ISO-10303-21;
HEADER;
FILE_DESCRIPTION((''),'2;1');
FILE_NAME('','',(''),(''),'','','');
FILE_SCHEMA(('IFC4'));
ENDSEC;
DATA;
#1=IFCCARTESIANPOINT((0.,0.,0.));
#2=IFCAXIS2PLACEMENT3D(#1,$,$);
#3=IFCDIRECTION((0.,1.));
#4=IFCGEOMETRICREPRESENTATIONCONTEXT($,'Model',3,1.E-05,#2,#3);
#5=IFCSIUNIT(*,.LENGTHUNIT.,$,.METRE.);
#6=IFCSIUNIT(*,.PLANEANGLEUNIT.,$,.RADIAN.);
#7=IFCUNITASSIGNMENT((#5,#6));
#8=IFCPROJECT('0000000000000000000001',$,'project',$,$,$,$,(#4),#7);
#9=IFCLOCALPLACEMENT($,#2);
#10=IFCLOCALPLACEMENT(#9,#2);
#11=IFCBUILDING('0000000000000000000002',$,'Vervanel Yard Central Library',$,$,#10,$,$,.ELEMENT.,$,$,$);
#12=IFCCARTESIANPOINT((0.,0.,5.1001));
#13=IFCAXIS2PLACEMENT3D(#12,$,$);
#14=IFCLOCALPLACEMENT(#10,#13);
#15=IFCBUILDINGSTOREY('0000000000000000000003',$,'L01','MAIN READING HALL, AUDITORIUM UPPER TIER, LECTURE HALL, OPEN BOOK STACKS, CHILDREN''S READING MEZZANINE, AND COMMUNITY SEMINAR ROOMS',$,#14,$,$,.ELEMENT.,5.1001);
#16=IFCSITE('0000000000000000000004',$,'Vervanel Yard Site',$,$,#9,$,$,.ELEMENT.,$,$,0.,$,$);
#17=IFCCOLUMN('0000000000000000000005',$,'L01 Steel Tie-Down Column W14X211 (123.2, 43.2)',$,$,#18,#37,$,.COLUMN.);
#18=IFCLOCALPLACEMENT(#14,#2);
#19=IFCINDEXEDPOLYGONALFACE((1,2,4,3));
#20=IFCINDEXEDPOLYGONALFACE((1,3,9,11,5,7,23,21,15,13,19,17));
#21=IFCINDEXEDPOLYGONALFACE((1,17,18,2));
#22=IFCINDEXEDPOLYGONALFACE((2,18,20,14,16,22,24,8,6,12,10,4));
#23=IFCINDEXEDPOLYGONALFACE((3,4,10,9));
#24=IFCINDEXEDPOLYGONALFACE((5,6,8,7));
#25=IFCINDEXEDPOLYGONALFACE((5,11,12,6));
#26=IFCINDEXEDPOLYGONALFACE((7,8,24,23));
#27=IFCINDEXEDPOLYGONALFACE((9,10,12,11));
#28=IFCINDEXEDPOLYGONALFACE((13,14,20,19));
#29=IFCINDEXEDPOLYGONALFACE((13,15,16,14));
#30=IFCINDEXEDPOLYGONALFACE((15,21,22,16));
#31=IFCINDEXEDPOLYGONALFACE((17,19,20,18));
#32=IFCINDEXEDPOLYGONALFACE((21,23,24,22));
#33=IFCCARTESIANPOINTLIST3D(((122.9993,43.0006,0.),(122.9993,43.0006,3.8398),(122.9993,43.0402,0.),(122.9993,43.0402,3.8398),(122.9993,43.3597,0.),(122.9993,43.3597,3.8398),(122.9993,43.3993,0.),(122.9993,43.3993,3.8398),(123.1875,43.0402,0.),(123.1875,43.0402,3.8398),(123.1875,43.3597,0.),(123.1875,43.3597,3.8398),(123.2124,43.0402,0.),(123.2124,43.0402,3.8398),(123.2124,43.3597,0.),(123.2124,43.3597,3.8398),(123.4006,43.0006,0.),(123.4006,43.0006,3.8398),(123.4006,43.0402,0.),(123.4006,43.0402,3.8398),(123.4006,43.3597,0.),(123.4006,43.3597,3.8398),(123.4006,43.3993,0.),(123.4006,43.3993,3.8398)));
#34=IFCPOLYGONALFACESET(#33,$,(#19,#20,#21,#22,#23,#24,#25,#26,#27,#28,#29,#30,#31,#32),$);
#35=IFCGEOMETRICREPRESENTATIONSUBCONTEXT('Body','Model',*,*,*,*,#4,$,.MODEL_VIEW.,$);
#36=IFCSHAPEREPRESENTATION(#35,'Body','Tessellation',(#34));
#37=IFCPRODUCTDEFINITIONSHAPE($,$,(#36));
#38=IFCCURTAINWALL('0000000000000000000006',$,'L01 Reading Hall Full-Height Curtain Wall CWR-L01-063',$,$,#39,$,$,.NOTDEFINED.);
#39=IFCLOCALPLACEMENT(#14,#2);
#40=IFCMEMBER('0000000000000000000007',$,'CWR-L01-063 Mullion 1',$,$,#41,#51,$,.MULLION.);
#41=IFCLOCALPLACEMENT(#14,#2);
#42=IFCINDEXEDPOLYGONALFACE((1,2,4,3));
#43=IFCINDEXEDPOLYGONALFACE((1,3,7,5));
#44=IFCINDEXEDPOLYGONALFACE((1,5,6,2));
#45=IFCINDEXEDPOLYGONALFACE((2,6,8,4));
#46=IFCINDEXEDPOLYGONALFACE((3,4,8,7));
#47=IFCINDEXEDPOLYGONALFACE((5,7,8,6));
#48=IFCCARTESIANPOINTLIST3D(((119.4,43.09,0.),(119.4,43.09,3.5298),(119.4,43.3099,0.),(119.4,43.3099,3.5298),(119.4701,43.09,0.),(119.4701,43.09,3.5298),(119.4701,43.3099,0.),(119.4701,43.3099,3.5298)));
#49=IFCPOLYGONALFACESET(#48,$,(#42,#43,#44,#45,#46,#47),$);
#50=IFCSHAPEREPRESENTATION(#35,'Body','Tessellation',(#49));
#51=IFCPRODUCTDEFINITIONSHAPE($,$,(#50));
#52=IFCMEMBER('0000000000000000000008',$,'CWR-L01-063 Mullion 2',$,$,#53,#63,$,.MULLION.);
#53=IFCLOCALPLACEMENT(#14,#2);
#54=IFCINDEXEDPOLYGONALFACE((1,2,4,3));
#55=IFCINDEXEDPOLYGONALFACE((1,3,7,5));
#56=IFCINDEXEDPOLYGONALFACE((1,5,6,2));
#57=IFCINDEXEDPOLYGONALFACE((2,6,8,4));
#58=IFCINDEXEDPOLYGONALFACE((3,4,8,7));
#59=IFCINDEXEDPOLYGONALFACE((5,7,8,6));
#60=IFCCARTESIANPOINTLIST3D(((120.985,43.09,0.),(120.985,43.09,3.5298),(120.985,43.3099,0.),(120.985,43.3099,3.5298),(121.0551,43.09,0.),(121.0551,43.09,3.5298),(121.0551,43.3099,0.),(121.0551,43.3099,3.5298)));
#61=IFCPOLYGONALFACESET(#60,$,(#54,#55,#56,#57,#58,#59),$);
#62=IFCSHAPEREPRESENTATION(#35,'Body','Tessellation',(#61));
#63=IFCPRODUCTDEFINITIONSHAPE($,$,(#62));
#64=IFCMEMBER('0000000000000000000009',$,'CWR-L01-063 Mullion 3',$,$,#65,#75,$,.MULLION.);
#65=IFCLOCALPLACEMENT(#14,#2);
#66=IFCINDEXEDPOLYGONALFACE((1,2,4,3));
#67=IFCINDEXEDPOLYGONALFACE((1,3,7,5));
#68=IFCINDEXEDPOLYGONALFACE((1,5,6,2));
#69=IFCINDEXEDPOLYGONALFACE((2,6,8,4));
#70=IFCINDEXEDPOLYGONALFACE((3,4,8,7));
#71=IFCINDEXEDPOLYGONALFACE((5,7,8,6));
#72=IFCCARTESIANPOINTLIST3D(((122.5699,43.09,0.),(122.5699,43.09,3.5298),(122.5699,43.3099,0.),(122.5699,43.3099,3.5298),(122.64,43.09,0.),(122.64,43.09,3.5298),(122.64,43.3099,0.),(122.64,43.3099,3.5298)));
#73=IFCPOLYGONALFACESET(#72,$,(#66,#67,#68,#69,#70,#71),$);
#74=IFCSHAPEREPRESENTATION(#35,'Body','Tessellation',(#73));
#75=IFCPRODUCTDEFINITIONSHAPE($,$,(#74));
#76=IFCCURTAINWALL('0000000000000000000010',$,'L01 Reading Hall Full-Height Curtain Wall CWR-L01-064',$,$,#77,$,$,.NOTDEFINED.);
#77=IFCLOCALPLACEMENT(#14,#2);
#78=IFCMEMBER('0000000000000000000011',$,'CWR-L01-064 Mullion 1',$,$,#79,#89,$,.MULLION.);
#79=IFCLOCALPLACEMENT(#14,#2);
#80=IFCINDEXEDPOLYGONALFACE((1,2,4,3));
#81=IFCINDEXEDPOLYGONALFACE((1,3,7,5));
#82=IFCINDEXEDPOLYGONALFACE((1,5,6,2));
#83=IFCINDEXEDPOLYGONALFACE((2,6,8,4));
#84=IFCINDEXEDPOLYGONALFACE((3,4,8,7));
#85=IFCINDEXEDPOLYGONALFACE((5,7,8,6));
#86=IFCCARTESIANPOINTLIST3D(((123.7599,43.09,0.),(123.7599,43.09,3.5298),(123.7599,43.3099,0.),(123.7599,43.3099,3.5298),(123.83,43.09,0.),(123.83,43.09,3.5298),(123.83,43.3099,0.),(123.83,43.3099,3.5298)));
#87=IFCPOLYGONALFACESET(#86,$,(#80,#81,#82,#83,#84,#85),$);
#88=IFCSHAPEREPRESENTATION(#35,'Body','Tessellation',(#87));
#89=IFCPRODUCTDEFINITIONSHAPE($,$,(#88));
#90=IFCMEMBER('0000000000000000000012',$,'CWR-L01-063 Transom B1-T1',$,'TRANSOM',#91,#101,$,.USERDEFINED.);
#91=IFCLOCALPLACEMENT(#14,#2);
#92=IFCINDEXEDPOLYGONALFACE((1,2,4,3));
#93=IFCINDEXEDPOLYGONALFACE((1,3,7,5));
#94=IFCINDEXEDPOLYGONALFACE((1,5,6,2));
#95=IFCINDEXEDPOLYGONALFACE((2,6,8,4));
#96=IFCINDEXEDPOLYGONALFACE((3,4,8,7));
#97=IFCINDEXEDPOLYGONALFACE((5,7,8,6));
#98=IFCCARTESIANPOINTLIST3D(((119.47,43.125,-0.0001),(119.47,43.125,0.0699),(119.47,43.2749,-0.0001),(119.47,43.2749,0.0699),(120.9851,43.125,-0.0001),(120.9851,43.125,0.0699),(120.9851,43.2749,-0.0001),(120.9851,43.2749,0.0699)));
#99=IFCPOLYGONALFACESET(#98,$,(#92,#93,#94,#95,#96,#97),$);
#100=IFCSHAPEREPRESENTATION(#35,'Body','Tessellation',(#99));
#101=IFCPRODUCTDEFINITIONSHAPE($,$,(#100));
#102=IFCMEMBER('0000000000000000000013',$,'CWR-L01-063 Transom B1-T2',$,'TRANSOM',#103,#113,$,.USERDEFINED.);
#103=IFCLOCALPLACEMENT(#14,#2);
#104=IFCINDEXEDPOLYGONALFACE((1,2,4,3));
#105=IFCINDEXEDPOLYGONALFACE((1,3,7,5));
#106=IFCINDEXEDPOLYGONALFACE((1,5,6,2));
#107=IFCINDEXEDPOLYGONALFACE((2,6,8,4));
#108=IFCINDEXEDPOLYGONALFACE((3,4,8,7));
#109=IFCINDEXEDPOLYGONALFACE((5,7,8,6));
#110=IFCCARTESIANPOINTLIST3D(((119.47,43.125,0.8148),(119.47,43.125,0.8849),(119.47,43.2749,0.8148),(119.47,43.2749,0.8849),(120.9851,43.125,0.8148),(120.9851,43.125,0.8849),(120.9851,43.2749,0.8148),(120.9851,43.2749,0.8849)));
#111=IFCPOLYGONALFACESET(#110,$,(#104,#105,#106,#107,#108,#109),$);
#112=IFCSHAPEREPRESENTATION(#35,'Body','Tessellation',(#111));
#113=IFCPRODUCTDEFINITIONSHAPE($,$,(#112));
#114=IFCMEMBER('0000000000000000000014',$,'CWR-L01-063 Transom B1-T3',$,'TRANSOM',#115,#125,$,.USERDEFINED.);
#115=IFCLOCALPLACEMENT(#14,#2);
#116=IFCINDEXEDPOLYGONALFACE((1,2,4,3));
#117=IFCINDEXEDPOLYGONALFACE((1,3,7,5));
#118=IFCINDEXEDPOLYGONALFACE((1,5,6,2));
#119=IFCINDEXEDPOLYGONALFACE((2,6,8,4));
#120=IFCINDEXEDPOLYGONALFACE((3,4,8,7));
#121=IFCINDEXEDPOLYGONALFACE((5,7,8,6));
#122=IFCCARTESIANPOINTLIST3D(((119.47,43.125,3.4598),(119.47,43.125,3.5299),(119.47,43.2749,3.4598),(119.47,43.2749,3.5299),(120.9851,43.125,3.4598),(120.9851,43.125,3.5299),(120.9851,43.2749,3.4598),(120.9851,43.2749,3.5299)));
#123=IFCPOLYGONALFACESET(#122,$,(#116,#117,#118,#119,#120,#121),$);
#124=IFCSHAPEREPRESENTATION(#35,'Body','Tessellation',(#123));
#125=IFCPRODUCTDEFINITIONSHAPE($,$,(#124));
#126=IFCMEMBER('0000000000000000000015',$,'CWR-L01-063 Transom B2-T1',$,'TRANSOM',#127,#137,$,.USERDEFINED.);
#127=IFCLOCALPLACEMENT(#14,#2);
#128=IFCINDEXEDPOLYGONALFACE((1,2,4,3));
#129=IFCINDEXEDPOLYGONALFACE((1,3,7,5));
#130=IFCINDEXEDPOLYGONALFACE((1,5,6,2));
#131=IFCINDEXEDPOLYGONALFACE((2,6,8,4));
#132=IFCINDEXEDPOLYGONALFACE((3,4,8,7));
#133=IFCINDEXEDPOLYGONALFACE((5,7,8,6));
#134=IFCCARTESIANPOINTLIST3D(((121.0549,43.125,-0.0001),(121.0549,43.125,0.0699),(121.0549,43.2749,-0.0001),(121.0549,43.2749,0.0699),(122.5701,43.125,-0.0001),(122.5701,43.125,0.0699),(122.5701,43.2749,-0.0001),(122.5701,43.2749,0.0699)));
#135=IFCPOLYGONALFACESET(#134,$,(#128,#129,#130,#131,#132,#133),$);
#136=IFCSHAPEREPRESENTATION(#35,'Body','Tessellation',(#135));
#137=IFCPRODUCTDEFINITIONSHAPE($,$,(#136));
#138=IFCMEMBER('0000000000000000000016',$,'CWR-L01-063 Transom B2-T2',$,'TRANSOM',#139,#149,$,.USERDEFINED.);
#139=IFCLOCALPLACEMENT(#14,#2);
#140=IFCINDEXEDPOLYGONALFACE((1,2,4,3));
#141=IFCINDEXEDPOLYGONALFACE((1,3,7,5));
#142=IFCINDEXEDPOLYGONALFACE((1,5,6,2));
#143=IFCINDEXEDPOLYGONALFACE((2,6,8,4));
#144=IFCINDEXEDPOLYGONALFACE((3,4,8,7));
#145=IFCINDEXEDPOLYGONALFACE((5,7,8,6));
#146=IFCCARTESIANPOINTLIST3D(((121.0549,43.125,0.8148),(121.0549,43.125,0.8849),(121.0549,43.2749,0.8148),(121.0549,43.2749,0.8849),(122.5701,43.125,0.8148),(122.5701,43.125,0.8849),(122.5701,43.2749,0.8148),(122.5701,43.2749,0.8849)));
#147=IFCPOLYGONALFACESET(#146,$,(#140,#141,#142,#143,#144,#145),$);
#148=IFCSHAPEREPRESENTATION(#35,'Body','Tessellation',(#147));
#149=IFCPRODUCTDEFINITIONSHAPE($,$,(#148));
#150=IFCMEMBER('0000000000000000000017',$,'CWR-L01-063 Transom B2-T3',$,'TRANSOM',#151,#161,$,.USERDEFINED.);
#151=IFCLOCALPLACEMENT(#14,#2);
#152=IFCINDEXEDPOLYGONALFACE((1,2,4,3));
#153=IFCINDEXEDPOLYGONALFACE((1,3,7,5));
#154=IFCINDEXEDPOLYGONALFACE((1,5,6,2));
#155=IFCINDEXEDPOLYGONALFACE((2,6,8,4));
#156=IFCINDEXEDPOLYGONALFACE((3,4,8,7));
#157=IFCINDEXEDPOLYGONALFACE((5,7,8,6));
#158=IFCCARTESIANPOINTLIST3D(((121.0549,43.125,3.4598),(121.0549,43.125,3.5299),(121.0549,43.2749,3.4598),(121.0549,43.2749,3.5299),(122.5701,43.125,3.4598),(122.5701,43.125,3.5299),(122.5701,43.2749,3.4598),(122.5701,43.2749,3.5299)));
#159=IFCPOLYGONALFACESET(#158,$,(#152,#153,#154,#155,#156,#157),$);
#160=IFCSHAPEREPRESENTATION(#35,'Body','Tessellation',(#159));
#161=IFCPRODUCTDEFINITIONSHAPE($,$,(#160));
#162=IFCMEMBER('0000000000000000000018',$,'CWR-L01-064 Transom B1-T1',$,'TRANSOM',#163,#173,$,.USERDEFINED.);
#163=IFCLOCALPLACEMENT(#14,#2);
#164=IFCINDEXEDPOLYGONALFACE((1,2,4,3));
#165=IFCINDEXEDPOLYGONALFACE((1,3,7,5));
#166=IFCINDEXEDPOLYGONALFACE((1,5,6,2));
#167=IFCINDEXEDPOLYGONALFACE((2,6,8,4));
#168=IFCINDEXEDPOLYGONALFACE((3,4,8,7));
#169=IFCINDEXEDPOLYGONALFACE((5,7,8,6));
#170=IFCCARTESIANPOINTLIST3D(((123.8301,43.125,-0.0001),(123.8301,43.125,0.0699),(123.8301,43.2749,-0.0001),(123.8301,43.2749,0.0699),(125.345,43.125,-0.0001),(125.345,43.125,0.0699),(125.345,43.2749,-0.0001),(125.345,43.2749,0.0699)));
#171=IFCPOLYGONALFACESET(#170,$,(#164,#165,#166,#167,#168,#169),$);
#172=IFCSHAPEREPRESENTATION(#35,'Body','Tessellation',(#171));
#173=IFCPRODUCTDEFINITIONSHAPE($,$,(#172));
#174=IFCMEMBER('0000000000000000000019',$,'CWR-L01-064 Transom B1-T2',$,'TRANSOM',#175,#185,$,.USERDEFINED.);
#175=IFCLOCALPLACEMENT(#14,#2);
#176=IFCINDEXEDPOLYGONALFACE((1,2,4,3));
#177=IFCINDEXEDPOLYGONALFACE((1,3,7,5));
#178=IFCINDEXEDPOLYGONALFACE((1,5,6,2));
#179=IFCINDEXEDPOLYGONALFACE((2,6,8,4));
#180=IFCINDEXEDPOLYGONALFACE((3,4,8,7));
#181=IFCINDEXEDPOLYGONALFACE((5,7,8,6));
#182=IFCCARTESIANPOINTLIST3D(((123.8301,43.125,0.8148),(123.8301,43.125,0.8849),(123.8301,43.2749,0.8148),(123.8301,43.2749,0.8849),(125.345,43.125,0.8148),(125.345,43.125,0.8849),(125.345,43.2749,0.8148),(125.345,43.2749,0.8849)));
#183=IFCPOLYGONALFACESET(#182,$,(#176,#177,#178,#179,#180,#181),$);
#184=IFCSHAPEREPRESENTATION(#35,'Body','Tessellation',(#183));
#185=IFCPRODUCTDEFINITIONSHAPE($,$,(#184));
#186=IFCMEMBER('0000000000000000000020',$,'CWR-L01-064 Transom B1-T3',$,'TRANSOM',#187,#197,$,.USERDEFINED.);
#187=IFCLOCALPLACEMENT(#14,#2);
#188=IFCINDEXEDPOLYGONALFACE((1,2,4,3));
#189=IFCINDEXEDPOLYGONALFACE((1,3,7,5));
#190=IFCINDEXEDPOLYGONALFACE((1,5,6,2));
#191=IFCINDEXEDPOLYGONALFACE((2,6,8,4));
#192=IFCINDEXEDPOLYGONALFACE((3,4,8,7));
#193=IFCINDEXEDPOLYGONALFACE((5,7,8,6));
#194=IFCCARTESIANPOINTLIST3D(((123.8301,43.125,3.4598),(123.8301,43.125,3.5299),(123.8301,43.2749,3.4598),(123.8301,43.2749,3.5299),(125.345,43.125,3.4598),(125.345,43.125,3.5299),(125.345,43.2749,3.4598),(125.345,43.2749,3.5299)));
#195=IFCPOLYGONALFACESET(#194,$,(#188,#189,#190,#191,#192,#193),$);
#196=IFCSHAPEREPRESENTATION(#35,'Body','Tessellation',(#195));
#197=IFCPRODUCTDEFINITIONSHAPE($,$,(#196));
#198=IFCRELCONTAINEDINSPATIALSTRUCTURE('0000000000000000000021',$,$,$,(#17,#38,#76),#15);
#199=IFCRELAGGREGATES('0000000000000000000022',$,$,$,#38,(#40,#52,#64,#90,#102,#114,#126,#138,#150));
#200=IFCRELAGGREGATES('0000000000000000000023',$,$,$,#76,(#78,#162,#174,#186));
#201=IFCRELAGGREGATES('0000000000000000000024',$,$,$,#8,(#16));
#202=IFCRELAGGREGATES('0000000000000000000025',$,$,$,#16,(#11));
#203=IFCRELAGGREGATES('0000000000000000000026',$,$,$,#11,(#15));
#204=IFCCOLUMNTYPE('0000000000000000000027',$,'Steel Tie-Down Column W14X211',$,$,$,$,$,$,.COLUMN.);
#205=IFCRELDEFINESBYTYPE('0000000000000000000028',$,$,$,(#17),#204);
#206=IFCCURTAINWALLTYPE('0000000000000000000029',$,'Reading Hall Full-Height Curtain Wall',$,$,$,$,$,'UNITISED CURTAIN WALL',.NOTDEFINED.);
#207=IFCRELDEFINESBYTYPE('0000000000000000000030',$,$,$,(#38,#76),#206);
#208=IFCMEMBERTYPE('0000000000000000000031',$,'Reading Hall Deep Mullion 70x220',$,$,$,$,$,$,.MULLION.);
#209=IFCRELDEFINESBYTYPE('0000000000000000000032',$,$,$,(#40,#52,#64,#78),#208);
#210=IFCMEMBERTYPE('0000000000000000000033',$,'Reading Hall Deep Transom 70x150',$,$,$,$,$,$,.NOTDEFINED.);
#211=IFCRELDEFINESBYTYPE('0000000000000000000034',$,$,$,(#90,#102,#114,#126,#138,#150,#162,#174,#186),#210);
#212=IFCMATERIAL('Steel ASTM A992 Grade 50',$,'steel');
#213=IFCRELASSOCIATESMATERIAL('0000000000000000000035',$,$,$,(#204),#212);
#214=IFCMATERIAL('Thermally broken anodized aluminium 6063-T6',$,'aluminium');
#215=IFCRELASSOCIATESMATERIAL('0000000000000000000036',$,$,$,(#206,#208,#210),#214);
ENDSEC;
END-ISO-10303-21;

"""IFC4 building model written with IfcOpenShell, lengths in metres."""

from ifc_helpers import new_model, si_unit, direction, frame, origin, origin_2d, place, context, subcontext, project, spatial, rectangle, i_section, extrude, material, material_profile, profile_set, type_object, element, aggregate, save


model = new_model("IFC4")

# Units and contexts
model_context = context("Model", 3, precision=1e-05, world=origin(), true_north=direction((0.0, 1.0)))
body_context = subcontext(model_context, "Body", "Model", "MODEL_VIEW")
ifc_project = project(units=[si_unit("LENGTHUNIT", "METRE"), si_unit("PLANEANGLEUNIT", "RADIAN")], contexts=[model_context])

# Site, building, storey
site_placement = place(None, origin())
site = spatial("IfcSite", under=ifc_project, at=site_placement, Name="Vervanel Yard Site", CompositionType="ELEMENT", RefElevation=0.0)
building_placement = place(site_placement, origin())
building = spatial("IfcBuilding", under=site, at=building_placement, Name="Vervanel Yard Central Library", CompositionType="ELEMENT")
storey_placement = place(building_placement, frame((0.0, 0.0, 5.1001)))
storey = spatial("IfcBuildingStorey", under=building, at=storey_placement, Name="L01", Description="MAIN READING HALL, AUDITORIUM UPPER TIER, LECTURE HALL, OPEN BOOK STACKS, CHILDREN'S READING MEZZANINE, AND COMMUNITY SEMINAR ROOMS", CompositionType="ELEMENT", Elevation=5.1001)

# Column
ifc_material_1 = material(Name="Steel ASTM A992 Grade 50", Category="steel")
ifc_material_profile_1 = material_profile(ifc_material_1, i_section(OverallWidth=0.4014, OverallDepth=0.3987, WebThickness=0.0249, FlangeThickness=0.0396, at=origin_2d()), Name="W14X211", Category="steel")
ifc_profile_set_1 = profile_set([ifc_material_profile_1], Name="Steel ASTM A992 Grade 50")
column_type = type_object("IfcColumnType", Name="Steel Tie-Down Column W14X211", PredefinedType="COLUMN", material=ifc_profile_set_1)
column_placement = place(storey_placement, frame((123.2, 43.2, 0.0), z_axis=(0.0, 0.0, 1.0), x_axis=(1.0, 0.0, 0.0)))
element("IfcColumn", 1, at=column_placement, inside=storey, type_object=column_type, Name="L01 Steel Tie-Down Column W14X211 (123.2, 43.2)", PredefinedType="COLUMN", context=body_context, shape_type="SweptSolid", body=[
    extrude(i_section(OverallWidth=0.4014, OverallDepth=0.3987, WebThickness=0.0249, FlangeThickness=0.0396, at=origin_2d()), origin(), (0.0, 0.0, 1.0), 3.8398),
])

# Curtain wall, members
ifc_material_2 = material(Name="Thermally broken anodized aluminium 6063-T6", Category="aluminium")
curtain_wall_type = type_object("IfcCurtainWallType", Name="Reading Hall Full-Height Curtain Wall", ElementType="UNITISED CURTAIN WALL", PredefinedType="NOTDEFINED", material=ifc_material_2)
curtain_wall_1_placement = place(storey_placement, origin())
curtain_wall_1 = element("IfcCurtainWall", 2, at=curtain_wall_1_placement, inside=storey, type_object=curtain_wall_type, Name="L01 Reading Hall Full-Height Curtain Wall CWR-L01-063", PredefinedType="NOTDEFINED")
ifc_material_profile_2 = material_profile(ifc_material_2, rectangle(XDim=0.0701, YDim=0.22, at=origin_2d()), Name="ALU 70x220", Category="aluminium")
ifc_profile_set_2 = profile_set([ifc_material_profile_2], Name="Thermally broken anodized aluminium 6063-T6")
member_type_1 = type_object("IfcMemberType", Name="Reading Hall Deep Mullion 70x220", PredefinedType="MULLION", material=ifc_profile_set_2)
member_1_placement = place(storey_placement, frame((119.4351, 43.2, 0.0), z_axis=(0.0, 0.0, 1.0), x_axis=(1.0, 0.0, 0.0)))
member_1 = element("IfcMember", 3, at=member_1_placement, type_object=member_type_1, Name="CWR-L01-063 Mullion 1", PredefinedType="MULLION", context=body_context, shape_type="SweptSolid", body=[
    extrude(rectangle(XDim=0.0701, YDim=0.22, at=origin_2d()), origin(), (0.0, 0.0, 1.0), 3.5298),
])
member_2_placement = place(storey_placement, frame((121.02, 43.2, 0.0), z_axis=(0.0, 0.0, 1.0), x_axis=(1.0, 0.0, 0.0)))
member_2 = element("IfcMember", 4, at=member_2_placement, type_object=member_type_1, Name="CWR-L01-063 Mullion 2", PredefinedType="MULLION", context=body_context, shape_type="SweptSolid", body=[
    extrude(rectangle(XDim=0.0701, YDim=0.22, at=origin_2d()), origin(), (0.0, 0.0, 1.0), 3.5298),
])
member_3_placement = place(storey_placement, frame((122.605, 43.2, 0.0), z_axis=(0.0, 0.0, 1.0), x_axis=(1.0, 0.0, 0.0)))
member_3 = element("IfcMember", 5, at=member_3_placement, type_object=member_type_1, Name="CWR-L01-063 Mullion 3", PredefinedType="MULLION", context=body_context, shape_type="SweptSolid", body=[
    extrude(rectangle(XDim=0.0701, YDim=0.22, at=origin_2d()), origin(), (0.0, 0.0, 1.0), 3.5298),
])

# Curtain wall, member
curtain_wall_2_placement = place(storey_placement, origin())
curtain_wall_2 = element("IfcCurtainWall", 6, at=curtain_wall_2_placement, inside=storey, type_object=curtain_wall_type, Name="L01 Reading Hall Full-Height Curtain Wall CWR-L01-064", PredefinedType="NOTDEFINED")
member_4_placement = place(storey_placement, frame((123.7949, 43.2, 0.0), z_axis=(0.0, 0.0, 1.0), x_axis=(1.0, 0.0, 0.0)))
member_4 = element("IfcMember", 7, at=member_4_placement, type_object=member_type_1, Name="CWR-L01-064 Mullion 1", PredefinedType="MULLION", context=body_context, shape_type="SweptSolid", body=[
    extrude(rectangle(XDim=0.0701, YDim=0.22, at=origin_2d()), origin(), (0.0, 0.0, 1.0), 3.5298),
])

# Members
ifc_material_profile_3 = material_profile(ifc_material_2, rectangle(XDim=0.0701, YDim=0.1499, at=origin_2d()), Name="ALU 70x150", Category="aluminium")
ifc_profile_set_3 = profile_set([ifc_material_profile_3], Name="Thermally broken anodized aluminium 6063-T6")
member_type_2 = type_object("IfcMemberType", Name="Reading Hall Deep Transom 70x150", PredefinedType="NOTDEFINED", material=ifc_profile_set_3)
member_5_placement = place(storey_placement, frame((119.47, 43.2, 0.0349), z_axis=(1.0, 0.0, 0.0), x_axis=(0.0, 0.0, 1.0)))
member_5 = element("IfcMember", 8, at=member_5_placement, type_object=member_type_2, Name="CWR-L01-063 Transom B1-T1", ObjectType="TRANSOM", PredefinedType="USERDEFINED", context=body_context, shape_type="SweptSolid", body=[
    extrude(rectangle(XDim=0.0701, YDim=0.1499, at=origin_2d()), origin(), (0.0, 0.0, 1.0), 1.5151),
])
member_6_placement = place(storey_placement, frame((119.47, 43.2, 0.8499), z_axis=(1.0, 0.0, 0.0), x_axis=(0.0, 0.0, 1.0)))
member_6 = element("IfcMember", 9, at=member_6_placement, type_object=member_type_2, Name="CWR-L01-063 Transom B1-T2", ObjectType="TRANSOM", PredefinedType="USERDEFINED", context=body_context, shape_type="SweptSolid", body=[
    extrude(rectangle(XDim=0.0701, YDim=0.1499, at=origin_2d()), origin(), (0.0, 0.0, 1.0), 1.5151),
])
member_7_placement = place(storey_placement, frame((119.47, 43.2, 3.4949), z_axis=(1.0, 0.0, 0.0), x_axis=(0.0, 0.0, 1.0)))
member_7 = element("IfcMember", 10, at=member_7_placement, type_object=member_type_2, Name="CWR-L01-063 Transom B1-T3", ObjectType="TRANSOM", PredefinedType="USERDEFINED", context=body_context, shape_type="SweptSolid", body=[
    extrude(rectangle(XDim=0.0701, YDim=0.1499, at=origin_2d()), origin(), (0.0, 0.0, 1.0), 1.5151),
])
member_8_placement = place(storey_placement, frame((121.0549, 43.2, 0.0349), z_axis=(1.0, 0.0, 0.0), x_axis=(0.0, 0.0, 1.0)))
member_8 = element("IfcMember", 11, at=member_8_placement, type_object=member_type_2, Name="CWR-L01-063 Transom B2-T1", ObjectType="TRANSOM", PredefinedType="USERDEFINED", context=body_context, shape_type="SweptSolid", body=[
    extrude(rectangle(XDim=0.0701, YDim=0.1499, at=origin_2d()), origin(), (0.0, 0.0, 1.0), 1.5151),
])
member_9_placement = place(storey_placement, frame((121.0549, 43.2, 0.8499), z_axis=(1.0, 0.0, 0.0), x_axis=(0.0, 0.0, 1.0)))
member_9 = element("IfcMember", 12, at=member_9_placement, type_object=member_type_2, Name="CWR-L01-063 Transom B2-T2", ObjectType="TRANSOM", PredefinedType="USERDEFINED", context=body_context, shape_type="SweptSolid", body=[
    extrude(rectangle(XDim=0.0701, YDim=0.1499, at=origin_2d()), origin(), (0.0, 0.0, 1.0), 1.5151),
])
member_10_placement = place(storey_placement, frame((121.0549, 43.2, 3.4949), z_axis=(1.0, 0.0, 0.0), x_axis=(0.0, 0.0, 1.0)))
member_10 = element("IfcMember", 13, at=member_10_placement, type_object=member_type_2, Name="CWR-L01-063 Transom B2-T3", ObjectType="TRANSOM", PredefinedType="USERDEFINED", context=body_context, shape_type="SweptSolid", body=[
    extrude(rectangle(XDim=0.0701, YDim=0.1499, at=origin_2d()), origin(), (0.0, 0.0, 1.0), 1.5151),
])
member_11_placement = place(storey_placement, frame((123.8301, 43.2, 0.0349), z_axis=(1.0, 0.0, 0.0), x_axis=(0.0, 0.0, 1.0)))
member_11 = element("IfcMember", 14, at=member_11_placement, type_object=member_type_2, Name="CWR-L01-064 Transom B1-T1", ObjectType="TRANSOM", PredefinedType="USERDEFINED", context=body_context, shape_type="SweptSolid", body=[
    extrude(rectangle(XDim=0.0701, YDim=0.1499, at=origin_2d()), origin(), (0.0, 0.0, 1.0), 1.5149),
])
member_12_placement = place(storey_placement, frame((123.8301, 43.2, 0.8499), z_axis=(1.0, 0.0, 0.0), x_axis=(0.0, 0.0, 1.0)))
member_12 = element("IfcMember", 15, at=member_12_placement, type_object=member_type_2, Name="CWR-L01-064 Transom B1-T2", ObjectType="TRANSOM", PredefinedType="USERDEFINED", context=body_context, shape_type="SweptSolid", body=[
    extrude(rectangle(XDim=0.0701, YDim=0.1499, at=origin_2d()), origin(), (0.0, 0.0, 1.0), 1.5149),
])
member_13_placement = place(storey_placement, frame((123.8301, 43.2, 3.4949), z_axis=(1.0, 0.0, 0.0), x_axis=(0.0, 0.0, 1.0)))
member_13 = element("IfcMember", 16, at=member_13_placement, type_object=member_type_2, Name="CWR-L01-064 Transom B1-T3", ObjectType="TRANSOM", PredefinedType="USERDEFINED", context=body_context, shape_type="SweptSolid", body=[
    extrude(rectangle(XDim=0.0701, YDim=0.1499, at=origin_2d()), origin(), (0.0, 0.0, 1.0), 1.5149),
])

aggregate(curtain_wall_1, [member_1, member_2, member_3, member_5, member_6, member_7, member_8, member_9, member_10])
aggregate(curtain_wall_2, [member_4, member_11, member_12, member_13])

save(model, "model.ifc")
